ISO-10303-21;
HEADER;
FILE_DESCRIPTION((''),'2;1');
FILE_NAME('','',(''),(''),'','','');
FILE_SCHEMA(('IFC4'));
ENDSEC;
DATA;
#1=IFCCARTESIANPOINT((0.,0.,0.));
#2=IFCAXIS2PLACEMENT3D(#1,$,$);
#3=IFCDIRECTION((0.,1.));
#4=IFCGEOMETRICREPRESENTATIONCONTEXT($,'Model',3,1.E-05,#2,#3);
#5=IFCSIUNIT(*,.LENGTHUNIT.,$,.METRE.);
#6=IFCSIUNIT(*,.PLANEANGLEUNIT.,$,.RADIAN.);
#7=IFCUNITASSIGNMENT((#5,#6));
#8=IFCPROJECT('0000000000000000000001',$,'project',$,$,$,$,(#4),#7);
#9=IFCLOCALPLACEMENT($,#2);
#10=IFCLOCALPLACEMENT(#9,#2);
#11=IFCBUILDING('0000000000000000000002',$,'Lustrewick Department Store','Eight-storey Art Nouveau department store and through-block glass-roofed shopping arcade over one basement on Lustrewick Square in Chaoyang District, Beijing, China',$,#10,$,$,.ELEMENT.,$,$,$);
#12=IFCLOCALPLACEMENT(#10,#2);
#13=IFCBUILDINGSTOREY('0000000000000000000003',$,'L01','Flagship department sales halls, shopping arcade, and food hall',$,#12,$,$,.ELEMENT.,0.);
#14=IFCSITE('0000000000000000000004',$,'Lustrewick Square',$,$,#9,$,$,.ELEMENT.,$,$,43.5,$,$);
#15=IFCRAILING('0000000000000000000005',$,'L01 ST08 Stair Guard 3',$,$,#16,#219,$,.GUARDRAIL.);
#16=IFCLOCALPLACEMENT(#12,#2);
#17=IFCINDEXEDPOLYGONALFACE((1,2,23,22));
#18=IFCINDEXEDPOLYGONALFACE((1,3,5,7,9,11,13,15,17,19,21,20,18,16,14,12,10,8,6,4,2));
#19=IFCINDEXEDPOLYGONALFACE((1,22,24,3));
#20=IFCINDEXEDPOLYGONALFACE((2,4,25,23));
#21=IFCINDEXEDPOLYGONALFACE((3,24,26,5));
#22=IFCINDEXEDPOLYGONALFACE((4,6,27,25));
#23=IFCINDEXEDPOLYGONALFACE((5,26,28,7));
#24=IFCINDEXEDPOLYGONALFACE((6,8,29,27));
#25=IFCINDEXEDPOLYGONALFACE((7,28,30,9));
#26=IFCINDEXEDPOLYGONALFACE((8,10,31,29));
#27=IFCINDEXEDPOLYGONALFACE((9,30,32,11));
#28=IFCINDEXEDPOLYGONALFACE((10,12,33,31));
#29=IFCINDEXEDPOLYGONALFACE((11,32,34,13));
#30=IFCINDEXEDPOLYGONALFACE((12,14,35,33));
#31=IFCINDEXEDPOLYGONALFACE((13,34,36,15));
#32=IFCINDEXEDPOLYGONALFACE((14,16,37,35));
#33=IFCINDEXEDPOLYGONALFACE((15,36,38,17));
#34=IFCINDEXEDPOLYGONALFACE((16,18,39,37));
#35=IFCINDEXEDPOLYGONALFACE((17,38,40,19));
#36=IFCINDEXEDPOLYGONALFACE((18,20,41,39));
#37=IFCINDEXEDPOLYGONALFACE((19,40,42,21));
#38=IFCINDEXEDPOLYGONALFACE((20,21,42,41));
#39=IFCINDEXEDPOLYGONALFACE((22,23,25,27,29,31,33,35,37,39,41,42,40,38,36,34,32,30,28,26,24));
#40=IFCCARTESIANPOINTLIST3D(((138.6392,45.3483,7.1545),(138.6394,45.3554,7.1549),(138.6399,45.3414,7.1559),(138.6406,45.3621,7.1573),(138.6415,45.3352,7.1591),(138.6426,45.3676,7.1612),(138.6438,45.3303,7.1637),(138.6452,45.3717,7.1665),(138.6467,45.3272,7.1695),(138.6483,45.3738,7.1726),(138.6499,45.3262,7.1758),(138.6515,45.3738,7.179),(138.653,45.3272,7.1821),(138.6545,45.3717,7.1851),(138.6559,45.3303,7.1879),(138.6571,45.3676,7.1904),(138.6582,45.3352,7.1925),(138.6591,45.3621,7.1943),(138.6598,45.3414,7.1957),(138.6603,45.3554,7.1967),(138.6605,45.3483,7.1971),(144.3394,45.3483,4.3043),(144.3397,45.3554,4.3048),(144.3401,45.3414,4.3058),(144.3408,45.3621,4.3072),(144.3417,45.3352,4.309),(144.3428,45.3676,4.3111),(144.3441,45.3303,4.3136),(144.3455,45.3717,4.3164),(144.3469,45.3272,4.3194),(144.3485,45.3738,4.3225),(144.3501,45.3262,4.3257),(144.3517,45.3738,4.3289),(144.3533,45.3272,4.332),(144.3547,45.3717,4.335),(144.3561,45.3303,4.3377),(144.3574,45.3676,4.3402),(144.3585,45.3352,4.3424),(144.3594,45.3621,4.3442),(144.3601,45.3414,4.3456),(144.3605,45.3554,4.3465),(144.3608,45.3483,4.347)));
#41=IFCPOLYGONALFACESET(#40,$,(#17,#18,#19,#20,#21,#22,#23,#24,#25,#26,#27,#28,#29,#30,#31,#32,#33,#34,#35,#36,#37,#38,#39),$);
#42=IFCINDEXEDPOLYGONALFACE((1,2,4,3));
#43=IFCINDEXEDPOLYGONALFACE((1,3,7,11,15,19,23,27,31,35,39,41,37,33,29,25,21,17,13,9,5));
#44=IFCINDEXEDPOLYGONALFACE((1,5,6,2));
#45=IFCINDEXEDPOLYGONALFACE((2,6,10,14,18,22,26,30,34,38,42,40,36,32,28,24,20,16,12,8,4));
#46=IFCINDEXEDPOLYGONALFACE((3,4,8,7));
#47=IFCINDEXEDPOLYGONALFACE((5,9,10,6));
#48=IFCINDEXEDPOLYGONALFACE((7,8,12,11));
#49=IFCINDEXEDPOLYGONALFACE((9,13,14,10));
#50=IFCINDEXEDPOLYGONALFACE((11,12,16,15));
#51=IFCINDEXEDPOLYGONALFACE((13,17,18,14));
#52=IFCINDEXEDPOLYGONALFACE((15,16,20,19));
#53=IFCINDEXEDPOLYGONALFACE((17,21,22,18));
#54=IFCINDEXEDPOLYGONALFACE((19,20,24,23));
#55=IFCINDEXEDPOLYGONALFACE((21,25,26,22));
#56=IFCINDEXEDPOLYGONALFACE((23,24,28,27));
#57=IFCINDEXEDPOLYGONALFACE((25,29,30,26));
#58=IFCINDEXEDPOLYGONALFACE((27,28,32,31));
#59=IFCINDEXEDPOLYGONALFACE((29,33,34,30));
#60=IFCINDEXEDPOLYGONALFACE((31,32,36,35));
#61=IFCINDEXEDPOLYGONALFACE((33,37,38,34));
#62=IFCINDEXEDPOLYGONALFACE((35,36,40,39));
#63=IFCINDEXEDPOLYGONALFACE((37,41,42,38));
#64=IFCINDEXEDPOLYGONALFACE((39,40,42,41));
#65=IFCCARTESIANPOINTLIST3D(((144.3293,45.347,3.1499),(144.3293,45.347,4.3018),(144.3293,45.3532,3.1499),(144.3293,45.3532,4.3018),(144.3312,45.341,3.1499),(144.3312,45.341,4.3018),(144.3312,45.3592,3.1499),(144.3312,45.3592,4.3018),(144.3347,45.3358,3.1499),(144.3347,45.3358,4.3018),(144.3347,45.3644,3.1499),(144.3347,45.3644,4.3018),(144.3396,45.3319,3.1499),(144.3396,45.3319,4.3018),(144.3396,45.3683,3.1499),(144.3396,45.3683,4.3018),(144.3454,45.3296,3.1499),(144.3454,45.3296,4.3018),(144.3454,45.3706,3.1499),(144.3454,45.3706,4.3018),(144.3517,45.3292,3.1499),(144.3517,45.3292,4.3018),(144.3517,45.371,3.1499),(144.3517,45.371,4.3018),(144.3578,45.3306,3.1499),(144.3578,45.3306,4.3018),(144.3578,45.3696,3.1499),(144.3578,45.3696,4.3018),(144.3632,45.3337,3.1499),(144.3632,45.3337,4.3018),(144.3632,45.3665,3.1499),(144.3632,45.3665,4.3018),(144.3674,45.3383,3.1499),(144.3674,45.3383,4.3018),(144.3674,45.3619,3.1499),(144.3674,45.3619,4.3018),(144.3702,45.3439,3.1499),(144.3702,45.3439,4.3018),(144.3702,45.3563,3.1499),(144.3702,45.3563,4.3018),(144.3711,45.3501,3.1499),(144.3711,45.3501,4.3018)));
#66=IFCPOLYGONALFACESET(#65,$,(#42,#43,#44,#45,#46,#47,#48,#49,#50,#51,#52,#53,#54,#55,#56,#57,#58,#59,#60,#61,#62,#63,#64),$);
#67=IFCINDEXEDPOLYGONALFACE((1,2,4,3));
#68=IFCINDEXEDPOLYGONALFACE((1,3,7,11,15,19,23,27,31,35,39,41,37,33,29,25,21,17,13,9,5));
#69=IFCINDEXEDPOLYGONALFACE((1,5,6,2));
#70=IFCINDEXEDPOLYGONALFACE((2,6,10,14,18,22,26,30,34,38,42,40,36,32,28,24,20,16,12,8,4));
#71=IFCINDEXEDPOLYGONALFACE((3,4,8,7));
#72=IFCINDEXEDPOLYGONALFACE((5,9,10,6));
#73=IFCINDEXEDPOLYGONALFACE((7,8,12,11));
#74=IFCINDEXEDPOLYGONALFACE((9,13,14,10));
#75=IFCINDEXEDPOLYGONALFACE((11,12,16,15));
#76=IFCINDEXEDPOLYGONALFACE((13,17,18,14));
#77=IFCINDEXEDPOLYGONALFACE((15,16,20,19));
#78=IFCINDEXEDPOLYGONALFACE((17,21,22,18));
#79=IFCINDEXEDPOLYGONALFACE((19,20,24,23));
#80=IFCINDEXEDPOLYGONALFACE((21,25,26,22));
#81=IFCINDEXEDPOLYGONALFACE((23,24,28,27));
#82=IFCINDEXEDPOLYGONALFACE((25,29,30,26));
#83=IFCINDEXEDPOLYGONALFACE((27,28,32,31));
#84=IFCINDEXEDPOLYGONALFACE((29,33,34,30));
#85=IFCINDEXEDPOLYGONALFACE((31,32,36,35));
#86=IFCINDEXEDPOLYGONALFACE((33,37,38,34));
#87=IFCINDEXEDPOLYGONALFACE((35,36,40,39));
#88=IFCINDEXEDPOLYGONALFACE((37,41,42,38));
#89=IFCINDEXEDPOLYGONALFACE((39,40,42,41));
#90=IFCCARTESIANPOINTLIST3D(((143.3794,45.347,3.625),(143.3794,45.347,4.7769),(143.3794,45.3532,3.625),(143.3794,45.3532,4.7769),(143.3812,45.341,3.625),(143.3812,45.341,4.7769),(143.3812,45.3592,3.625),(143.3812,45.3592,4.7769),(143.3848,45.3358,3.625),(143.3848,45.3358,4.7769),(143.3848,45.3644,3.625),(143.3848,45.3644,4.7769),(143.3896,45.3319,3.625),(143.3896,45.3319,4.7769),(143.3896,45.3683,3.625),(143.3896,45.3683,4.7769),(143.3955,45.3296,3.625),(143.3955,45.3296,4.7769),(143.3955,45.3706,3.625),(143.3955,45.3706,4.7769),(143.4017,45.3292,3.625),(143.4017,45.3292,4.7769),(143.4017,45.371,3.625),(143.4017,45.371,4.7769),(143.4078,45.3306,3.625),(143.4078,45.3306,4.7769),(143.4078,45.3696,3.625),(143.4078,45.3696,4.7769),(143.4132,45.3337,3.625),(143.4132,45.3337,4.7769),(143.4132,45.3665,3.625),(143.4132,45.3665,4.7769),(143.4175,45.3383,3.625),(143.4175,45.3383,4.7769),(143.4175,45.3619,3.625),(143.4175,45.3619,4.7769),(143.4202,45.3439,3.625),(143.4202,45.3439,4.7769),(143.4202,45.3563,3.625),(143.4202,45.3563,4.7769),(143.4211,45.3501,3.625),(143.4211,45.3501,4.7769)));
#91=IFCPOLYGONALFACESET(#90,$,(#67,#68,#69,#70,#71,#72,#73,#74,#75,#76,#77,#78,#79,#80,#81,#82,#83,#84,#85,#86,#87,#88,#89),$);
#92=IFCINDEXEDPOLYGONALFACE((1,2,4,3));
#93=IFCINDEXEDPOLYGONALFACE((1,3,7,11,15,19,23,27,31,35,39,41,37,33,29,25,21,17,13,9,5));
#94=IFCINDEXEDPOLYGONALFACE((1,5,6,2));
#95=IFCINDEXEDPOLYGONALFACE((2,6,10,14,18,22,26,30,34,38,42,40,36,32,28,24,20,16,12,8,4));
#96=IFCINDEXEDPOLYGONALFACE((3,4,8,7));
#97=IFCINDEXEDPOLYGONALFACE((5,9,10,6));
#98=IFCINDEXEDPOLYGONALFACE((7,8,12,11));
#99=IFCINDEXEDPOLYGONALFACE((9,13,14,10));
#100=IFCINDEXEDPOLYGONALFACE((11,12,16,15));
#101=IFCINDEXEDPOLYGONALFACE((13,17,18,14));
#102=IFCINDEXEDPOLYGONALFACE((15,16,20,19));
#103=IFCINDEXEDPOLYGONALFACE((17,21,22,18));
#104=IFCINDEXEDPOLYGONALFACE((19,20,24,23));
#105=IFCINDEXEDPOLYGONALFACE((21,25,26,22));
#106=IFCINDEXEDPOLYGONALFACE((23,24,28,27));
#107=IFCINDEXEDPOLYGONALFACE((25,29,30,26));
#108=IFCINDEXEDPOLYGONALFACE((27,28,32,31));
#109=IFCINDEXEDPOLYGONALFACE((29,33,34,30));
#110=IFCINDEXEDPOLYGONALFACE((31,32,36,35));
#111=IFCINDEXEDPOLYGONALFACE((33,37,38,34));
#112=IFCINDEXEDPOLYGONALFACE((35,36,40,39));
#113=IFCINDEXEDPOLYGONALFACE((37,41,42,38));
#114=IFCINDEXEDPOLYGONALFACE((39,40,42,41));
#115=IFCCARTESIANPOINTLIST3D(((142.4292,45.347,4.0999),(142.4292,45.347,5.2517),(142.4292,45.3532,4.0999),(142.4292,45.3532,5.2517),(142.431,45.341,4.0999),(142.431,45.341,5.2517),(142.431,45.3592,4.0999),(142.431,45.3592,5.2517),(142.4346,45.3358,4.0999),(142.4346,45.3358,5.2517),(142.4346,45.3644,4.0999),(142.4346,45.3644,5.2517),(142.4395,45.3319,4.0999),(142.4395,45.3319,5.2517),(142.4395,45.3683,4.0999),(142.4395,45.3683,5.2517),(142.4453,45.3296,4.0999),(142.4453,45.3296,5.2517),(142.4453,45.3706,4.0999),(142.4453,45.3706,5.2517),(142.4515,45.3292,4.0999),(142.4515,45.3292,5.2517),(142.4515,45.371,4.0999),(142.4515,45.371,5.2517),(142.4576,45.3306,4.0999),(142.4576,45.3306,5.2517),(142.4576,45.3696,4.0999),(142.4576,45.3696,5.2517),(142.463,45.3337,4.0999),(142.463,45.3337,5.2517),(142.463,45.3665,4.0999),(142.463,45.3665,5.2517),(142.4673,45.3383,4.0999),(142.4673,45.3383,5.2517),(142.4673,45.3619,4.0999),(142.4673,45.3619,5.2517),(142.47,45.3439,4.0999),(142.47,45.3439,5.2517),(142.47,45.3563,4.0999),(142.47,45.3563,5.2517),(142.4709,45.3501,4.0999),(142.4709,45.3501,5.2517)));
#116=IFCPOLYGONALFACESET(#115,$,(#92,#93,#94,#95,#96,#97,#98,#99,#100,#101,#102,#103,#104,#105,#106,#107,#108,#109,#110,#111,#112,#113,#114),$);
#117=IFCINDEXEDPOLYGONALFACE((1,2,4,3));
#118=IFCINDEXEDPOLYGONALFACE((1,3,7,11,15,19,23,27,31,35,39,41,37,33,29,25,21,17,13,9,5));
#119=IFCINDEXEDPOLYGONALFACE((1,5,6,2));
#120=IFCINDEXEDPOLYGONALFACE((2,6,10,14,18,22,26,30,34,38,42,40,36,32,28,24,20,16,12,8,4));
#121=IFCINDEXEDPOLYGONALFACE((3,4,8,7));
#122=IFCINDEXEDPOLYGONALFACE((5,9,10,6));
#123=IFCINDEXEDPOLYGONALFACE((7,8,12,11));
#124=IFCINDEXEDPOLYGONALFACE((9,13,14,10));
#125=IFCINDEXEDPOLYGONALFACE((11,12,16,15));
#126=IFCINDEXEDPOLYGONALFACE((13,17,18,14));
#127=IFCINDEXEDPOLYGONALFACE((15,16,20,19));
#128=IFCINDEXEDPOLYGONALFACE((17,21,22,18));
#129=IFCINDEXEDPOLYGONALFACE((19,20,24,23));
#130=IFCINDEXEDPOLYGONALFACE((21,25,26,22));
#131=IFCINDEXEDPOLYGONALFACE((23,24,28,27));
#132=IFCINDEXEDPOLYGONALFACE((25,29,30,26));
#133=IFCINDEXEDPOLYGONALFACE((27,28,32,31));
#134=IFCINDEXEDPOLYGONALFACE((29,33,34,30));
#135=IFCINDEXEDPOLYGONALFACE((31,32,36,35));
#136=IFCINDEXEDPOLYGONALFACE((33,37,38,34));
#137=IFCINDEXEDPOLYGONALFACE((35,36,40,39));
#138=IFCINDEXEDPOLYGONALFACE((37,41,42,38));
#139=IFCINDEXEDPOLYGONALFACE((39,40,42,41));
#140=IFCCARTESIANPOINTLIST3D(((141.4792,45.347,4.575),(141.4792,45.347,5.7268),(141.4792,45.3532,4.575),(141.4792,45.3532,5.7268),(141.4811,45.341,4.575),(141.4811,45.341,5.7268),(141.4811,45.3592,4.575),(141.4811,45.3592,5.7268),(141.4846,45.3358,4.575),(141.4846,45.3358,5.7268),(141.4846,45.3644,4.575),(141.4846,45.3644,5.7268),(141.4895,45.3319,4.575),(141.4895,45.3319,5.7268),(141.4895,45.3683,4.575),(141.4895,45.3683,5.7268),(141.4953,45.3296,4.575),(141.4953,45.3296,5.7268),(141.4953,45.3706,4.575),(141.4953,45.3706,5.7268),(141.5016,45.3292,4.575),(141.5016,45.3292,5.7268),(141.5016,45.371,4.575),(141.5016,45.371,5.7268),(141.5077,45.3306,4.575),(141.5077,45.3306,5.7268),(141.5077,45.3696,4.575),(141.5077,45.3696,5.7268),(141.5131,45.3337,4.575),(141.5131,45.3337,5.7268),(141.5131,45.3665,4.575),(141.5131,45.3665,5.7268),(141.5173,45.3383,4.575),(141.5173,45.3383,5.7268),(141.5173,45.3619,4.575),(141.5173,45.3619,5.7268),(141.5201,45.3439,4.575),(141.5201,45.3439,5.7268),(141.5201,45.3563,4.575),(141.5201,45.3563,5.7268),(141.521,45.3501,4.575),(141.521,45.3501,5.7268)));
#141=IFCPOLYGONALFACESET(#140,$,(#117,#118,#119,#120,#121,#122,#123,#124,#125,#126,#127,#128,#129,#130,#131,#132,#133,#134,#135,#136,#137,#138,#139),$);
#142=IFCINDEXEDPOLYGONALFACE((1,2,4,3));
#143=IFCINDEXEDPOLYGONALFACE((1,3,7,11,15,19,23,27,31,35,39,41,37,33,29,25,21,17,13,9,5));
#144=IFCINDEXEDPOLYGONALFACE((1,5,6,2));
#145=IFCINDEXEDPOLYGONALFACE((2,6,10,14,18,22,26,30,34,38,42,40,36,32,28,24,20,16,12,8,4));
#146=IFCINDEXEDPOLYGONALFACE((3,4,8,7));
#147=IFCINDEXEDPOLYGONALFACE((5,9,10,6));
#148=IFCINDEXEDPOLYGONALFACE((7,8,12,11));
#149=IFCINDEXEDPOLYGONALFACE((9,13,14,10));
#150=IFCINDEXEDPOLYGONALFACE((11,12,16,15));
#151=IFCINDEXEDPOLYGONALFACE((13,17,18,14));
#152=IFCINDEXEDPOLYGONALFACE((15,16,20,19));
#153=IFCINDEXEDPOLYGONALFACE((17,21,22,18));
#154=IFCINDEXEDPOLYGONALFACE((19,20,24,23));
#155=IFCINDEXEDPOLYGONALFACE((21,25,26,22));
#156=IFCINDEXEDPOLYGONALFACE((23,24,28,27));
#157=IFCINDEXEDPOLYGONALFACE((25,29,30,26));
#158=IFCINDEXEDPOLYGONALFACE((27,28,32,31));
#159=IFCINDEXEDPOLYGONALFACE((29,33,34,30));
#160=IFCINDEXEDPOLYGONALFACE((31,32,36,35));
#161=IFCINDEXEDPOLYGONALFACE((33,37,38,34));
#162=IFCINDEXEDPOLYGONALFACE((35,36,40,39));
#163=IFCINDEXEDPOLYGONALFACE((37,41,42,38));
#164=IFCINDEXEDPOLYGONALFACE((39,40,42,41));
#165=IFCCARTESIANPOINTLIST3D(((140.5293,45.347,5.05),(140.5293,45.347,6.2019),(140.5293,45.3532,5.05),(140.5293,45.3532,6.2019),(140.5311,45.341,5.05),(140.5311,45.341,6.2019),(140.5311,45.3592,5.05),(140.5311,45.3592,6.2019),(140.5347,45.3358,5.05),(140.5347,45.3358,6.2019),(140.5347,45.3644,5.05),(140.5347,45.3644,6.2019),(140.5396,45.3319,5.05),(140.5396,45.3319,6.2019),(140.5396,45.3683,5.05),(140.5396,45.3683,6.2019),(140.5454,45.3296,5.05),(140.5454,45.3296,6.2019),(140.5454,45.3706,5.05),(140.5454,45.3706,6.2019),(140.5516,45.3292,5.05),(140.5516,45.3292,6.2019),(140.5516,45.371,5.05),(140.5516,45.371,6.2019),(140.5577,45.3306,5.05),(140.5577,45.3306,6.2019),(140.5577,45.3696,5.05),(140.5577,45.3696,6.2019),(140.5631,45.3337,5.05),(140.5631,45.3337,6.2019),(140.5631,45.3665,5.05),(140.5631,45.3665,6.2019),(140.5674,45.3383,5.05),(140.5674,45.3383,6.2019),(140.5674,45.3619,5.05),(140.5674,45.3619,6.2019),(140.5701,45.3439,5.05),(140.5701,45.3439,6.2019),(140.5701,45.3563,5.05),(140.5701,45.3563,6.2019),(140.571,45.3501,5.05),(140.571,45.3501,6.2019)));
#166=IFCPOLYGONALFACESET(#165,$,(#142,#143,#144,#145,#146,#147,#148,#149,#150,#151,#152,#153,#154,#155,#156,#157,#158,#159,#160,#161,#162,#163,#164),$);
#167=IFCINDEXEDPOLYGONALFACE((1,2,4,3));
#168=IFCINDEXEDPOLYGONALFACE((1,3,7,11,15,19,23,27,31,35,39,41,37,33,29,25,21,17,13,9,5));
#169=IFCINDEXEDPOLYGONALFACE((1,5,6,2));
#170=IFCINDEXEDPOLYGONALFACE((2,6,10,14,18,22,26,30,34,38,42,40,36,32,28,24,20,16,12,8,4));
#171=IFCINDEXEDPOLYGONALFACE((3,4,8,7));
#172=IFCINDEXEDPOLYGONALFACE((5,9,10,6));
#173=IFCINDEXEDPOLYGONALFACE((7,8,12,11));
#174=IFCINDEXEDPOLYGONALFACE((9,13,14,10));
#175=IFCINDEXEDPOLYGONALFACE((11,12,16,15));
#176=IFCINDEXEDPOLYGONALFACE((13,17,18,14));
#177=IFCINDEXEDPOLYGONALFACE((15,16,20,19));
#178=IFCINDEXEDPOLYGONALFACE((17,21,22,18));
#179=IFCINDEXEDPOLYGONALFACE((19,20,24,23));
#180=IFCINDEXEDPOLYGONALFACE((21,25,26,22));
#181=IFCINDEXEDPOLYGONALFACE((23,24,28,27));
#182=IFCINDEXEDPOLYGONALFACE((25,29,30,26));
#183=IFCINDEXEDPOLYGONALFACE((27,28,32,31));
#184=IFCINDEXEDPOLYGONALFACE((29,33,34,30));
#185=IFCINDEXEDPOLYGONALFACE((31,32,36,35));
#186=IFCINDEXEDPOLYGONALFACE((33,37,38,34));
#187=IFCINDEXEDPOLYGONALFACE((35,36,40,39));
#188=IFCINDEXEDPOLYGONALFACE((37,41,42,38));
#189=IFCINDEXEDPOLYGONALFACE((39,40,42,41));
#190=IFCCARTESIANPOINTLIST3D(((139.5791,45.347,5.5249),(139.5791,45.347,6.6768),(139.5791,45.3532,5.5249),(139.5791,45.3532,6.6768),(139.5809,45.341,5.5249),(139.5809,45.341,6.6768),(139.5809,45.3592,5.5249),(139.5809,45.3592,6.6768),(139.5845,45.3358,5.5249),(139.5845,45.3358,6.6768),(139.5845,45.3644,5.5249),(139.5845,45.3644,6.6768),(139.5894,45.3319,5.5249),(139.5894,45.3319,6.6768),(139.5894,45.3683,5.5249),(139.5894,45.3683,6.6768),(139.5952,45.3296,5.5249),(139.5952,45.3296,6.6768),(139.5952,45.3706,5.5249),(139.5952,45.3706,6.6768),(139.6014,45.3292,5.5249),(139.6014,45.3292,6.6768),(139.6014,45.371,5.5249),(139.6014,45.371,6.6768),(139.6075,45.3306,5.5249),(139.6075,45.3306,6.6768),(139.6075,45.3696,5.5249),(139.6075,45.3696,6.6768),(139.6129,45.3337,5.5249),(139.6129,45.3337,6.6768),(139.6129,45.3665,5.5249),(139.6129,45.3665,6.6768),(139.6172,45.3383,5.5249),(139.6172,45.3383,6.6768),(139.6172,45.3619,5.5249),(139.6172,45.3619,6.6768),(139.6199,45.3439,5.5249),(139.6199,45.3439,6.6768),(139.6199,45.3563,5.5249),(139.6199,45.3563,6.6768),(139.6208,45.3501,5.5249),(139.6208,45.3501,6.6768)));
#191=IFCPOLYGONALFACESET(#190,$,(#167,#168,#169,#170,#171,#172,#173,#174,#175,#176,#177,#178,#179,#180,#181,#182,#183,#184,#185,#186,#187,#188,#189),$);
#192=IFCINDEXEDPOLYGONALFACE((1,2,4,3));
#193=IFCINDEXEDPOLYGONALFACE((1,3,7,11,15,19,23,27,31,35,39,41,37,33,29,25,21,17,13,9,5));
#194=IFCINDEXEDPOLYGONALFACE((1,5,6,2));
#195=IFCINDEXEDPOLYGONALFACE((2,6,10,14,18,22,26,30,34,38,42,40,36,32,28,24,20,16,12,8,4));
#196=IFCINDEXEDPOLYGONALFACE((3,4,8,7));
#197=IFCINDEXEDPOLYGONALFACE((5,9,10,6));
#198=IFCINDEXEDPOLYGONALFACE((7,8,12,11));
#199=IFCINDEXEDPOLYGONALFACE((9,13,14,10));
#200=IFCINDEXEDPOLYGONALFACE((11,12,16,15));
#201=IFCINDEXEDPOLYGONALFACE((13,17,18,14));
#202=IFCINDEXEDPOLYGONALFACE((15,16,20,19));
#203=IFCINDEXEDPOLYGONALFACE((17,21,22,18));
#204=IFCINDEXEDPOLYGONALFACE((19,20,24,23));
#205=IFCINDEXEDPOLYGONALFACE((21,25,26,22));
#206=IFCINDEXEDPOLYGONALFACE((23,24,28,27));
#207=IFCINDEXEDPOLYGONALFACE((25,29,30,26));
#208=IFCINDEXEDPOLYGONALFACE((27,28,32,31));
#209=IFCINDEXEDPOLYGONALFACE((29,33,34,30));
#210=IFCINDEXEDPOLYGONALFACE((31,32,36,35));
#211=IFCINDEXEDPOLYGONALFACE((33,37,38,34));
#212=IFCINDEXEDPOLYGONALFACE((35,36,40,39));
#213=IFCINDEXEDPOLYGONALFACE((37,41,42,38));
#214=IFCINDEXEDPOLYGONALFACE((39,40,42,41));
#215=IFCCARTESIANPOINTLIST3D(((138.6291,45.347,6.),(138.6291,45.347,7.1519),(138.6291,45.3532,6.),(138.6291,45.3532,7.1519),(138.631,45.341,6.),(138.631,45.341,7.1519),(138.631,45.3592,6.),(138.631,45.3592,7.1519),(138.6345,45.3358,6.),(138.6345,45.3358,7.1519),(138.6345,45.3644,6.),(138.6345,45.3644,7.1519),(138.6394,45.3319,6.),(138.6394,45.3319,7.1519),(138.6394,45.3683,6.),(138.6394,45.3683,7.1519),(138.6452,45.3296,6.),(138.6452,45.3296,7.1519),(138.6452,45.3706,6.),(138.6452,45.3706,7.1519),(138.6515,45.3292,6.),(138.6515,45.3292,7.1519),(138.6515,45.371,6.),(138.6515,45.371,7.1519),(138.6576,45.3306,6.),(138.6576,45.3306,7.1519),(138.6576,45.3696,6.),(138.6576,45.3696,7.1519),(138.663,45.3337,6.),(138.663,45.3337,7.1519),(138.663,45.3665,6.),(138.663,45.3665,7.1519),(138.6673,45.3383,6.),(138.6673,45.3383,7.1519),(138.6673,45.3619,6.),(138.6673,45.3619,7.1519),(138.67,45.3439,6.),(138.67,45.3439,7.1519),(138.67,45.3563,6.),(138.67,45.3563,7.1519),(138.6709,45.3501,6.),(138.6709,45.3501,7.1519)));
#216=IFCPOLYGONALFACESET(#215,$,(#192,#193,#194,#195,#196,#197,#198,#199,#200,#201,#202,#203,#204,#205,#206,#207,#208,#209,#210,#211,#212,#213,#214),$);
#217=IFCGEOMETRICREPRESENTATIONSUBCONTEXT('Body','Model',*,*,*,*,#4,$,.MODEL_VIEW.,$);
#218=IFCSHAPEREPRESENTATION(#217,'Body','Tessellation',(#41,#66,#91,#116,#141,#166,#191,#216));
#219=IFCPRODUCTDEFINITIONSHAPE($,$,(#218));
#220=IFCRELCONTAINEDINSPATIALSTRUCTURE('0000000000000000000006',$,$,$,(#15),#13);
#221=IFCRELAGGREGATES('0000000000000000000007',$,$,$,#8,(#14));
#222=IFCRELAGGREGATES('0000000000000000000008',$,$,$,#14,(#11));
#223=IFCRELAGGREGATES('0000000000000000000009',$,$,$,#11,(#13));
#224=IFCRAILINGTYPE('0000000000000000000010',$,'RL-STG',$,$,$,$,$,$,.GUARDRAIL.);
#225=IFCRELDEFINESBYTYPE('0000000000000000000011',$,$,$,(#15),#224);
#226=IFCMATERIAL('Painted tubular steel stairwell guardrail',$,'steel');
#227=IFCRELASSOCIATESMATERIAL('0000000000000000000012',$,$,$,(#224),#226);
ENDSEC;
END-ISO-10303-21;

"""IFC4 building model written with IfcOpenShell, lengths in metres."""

from ifc_helpers import new_model, si_unit, direction, frame, origin, origin_2d, place, context, subcontext, project, spatial, circle, extrude, material, type_object, element, save


model = new_model("IFC4")

# Units and contexts
model_context = context("Model", 3, precision=1e-05, world=origin(), true_north=direction((0.0, 1.0)))
body_context = subcontext(model_context, "Body", "Model", "MODEL_VIEW")
ifc_project = project(units=[si_unit("LENGTHUNIT", "METRE"), si_unit("PLANEANGLEUNIT", "RADIAN")], contexts=[model_context])

# Site, building, storey
site_placement = place(None, origin())
site = spatial("IfcSite", under=ifc_project, at=site_placement, Name="Lustrewick Square", CompositionType="ELEMENT", RefElevation=43.5)
building_placement = place(site_placement, origin())
building = spatial("IfcBuilding", under=site, at=building_placement, Name="Lustrewick Department Store", Description="Eight-storey Art Nouveau department store and through-block glass-roofed shopping arcade over one basement on Lustrewick Square in Chaoyang District, Beijing, China", CompositionType="ELEMENT")
storey_placement = place(building_placement, origin())
storey = spatial("IfcBuildingStorey", under=building, at=storey_placement, Name="L01", Description="Flagship department sales halls, shopping arcade, and food hall", CompositionType="ELEMENT", Elevation=0.0)

# Railing
ifc_material_1 = material(Name="Painted tubular steel stairwell guardrail", Category="steel")
railing_type_1 = type_object("IfcRailingType", Name="RL-STG", PredefinedType="GUARDRAIL", material=ifc_material_1)
railing_1_placement = place(storey_placement, frame((144.3501, 45.3501, 3.1499)))
element("IfcRailing", 1, at=railing_1_placement, inside=storey, type_object=railing_type_1, Name="L01 ST08 Stair Guard 3", PredefinedType="GUARDRAIL", context=body_context, shape_type="SweptSolid", body=[
    extrude(circle(Radius=0.0239, at=origin_2d()), frame((0.0, 0.0, 1.1758), z_axis=(-0.894427, 0.0, 0.447214), x_axis=(0.0, -1.0, 0.0)), (0.0, 0.0, 1.0), 6.373),
    extrude(circle(Radius=0.021, at=origin_2d()), origin(), (0.0, 0.0, 1.0), 1.1519),
    extrude(circle(Radius=0.021, at=origin_2d()), frame((-0.95, 0.0, 0.4751)), (0.0, 0.0, 1.0), 1.1519),
    extrude(circle(Radius=0.021, at=origin_2d()), frame((-1.9001, 0.0, 0.95)), (0.0, 0.0, 1.0), 1.1519),
    extrude(circle(Radius=0.021, at=origin_2d()), frame((-2.8501, 0.0, 1.425)), (0.0, 0.0, 1.0), 1.1519),
    extrude(circle(Radius=0.021, at=origin_2d()), frame((-3.8, 0.0, 1.9001)), (0.0, 0.0, 1.0), 1.1519),
    extrude(circle(Radius=0.021, at=origin_2d()), frame((-4.7502, 0.0, 2.375)), (0.0, 0.0, 1.0), 1.1519),
    extrude(circle(Radius=0.021, at=origin_2d()), frame((-5.7002, 0.0, 2.8501)), (0.0, 0.0, 1.0), 1.1519),
])

save(model, "model.ifc")
